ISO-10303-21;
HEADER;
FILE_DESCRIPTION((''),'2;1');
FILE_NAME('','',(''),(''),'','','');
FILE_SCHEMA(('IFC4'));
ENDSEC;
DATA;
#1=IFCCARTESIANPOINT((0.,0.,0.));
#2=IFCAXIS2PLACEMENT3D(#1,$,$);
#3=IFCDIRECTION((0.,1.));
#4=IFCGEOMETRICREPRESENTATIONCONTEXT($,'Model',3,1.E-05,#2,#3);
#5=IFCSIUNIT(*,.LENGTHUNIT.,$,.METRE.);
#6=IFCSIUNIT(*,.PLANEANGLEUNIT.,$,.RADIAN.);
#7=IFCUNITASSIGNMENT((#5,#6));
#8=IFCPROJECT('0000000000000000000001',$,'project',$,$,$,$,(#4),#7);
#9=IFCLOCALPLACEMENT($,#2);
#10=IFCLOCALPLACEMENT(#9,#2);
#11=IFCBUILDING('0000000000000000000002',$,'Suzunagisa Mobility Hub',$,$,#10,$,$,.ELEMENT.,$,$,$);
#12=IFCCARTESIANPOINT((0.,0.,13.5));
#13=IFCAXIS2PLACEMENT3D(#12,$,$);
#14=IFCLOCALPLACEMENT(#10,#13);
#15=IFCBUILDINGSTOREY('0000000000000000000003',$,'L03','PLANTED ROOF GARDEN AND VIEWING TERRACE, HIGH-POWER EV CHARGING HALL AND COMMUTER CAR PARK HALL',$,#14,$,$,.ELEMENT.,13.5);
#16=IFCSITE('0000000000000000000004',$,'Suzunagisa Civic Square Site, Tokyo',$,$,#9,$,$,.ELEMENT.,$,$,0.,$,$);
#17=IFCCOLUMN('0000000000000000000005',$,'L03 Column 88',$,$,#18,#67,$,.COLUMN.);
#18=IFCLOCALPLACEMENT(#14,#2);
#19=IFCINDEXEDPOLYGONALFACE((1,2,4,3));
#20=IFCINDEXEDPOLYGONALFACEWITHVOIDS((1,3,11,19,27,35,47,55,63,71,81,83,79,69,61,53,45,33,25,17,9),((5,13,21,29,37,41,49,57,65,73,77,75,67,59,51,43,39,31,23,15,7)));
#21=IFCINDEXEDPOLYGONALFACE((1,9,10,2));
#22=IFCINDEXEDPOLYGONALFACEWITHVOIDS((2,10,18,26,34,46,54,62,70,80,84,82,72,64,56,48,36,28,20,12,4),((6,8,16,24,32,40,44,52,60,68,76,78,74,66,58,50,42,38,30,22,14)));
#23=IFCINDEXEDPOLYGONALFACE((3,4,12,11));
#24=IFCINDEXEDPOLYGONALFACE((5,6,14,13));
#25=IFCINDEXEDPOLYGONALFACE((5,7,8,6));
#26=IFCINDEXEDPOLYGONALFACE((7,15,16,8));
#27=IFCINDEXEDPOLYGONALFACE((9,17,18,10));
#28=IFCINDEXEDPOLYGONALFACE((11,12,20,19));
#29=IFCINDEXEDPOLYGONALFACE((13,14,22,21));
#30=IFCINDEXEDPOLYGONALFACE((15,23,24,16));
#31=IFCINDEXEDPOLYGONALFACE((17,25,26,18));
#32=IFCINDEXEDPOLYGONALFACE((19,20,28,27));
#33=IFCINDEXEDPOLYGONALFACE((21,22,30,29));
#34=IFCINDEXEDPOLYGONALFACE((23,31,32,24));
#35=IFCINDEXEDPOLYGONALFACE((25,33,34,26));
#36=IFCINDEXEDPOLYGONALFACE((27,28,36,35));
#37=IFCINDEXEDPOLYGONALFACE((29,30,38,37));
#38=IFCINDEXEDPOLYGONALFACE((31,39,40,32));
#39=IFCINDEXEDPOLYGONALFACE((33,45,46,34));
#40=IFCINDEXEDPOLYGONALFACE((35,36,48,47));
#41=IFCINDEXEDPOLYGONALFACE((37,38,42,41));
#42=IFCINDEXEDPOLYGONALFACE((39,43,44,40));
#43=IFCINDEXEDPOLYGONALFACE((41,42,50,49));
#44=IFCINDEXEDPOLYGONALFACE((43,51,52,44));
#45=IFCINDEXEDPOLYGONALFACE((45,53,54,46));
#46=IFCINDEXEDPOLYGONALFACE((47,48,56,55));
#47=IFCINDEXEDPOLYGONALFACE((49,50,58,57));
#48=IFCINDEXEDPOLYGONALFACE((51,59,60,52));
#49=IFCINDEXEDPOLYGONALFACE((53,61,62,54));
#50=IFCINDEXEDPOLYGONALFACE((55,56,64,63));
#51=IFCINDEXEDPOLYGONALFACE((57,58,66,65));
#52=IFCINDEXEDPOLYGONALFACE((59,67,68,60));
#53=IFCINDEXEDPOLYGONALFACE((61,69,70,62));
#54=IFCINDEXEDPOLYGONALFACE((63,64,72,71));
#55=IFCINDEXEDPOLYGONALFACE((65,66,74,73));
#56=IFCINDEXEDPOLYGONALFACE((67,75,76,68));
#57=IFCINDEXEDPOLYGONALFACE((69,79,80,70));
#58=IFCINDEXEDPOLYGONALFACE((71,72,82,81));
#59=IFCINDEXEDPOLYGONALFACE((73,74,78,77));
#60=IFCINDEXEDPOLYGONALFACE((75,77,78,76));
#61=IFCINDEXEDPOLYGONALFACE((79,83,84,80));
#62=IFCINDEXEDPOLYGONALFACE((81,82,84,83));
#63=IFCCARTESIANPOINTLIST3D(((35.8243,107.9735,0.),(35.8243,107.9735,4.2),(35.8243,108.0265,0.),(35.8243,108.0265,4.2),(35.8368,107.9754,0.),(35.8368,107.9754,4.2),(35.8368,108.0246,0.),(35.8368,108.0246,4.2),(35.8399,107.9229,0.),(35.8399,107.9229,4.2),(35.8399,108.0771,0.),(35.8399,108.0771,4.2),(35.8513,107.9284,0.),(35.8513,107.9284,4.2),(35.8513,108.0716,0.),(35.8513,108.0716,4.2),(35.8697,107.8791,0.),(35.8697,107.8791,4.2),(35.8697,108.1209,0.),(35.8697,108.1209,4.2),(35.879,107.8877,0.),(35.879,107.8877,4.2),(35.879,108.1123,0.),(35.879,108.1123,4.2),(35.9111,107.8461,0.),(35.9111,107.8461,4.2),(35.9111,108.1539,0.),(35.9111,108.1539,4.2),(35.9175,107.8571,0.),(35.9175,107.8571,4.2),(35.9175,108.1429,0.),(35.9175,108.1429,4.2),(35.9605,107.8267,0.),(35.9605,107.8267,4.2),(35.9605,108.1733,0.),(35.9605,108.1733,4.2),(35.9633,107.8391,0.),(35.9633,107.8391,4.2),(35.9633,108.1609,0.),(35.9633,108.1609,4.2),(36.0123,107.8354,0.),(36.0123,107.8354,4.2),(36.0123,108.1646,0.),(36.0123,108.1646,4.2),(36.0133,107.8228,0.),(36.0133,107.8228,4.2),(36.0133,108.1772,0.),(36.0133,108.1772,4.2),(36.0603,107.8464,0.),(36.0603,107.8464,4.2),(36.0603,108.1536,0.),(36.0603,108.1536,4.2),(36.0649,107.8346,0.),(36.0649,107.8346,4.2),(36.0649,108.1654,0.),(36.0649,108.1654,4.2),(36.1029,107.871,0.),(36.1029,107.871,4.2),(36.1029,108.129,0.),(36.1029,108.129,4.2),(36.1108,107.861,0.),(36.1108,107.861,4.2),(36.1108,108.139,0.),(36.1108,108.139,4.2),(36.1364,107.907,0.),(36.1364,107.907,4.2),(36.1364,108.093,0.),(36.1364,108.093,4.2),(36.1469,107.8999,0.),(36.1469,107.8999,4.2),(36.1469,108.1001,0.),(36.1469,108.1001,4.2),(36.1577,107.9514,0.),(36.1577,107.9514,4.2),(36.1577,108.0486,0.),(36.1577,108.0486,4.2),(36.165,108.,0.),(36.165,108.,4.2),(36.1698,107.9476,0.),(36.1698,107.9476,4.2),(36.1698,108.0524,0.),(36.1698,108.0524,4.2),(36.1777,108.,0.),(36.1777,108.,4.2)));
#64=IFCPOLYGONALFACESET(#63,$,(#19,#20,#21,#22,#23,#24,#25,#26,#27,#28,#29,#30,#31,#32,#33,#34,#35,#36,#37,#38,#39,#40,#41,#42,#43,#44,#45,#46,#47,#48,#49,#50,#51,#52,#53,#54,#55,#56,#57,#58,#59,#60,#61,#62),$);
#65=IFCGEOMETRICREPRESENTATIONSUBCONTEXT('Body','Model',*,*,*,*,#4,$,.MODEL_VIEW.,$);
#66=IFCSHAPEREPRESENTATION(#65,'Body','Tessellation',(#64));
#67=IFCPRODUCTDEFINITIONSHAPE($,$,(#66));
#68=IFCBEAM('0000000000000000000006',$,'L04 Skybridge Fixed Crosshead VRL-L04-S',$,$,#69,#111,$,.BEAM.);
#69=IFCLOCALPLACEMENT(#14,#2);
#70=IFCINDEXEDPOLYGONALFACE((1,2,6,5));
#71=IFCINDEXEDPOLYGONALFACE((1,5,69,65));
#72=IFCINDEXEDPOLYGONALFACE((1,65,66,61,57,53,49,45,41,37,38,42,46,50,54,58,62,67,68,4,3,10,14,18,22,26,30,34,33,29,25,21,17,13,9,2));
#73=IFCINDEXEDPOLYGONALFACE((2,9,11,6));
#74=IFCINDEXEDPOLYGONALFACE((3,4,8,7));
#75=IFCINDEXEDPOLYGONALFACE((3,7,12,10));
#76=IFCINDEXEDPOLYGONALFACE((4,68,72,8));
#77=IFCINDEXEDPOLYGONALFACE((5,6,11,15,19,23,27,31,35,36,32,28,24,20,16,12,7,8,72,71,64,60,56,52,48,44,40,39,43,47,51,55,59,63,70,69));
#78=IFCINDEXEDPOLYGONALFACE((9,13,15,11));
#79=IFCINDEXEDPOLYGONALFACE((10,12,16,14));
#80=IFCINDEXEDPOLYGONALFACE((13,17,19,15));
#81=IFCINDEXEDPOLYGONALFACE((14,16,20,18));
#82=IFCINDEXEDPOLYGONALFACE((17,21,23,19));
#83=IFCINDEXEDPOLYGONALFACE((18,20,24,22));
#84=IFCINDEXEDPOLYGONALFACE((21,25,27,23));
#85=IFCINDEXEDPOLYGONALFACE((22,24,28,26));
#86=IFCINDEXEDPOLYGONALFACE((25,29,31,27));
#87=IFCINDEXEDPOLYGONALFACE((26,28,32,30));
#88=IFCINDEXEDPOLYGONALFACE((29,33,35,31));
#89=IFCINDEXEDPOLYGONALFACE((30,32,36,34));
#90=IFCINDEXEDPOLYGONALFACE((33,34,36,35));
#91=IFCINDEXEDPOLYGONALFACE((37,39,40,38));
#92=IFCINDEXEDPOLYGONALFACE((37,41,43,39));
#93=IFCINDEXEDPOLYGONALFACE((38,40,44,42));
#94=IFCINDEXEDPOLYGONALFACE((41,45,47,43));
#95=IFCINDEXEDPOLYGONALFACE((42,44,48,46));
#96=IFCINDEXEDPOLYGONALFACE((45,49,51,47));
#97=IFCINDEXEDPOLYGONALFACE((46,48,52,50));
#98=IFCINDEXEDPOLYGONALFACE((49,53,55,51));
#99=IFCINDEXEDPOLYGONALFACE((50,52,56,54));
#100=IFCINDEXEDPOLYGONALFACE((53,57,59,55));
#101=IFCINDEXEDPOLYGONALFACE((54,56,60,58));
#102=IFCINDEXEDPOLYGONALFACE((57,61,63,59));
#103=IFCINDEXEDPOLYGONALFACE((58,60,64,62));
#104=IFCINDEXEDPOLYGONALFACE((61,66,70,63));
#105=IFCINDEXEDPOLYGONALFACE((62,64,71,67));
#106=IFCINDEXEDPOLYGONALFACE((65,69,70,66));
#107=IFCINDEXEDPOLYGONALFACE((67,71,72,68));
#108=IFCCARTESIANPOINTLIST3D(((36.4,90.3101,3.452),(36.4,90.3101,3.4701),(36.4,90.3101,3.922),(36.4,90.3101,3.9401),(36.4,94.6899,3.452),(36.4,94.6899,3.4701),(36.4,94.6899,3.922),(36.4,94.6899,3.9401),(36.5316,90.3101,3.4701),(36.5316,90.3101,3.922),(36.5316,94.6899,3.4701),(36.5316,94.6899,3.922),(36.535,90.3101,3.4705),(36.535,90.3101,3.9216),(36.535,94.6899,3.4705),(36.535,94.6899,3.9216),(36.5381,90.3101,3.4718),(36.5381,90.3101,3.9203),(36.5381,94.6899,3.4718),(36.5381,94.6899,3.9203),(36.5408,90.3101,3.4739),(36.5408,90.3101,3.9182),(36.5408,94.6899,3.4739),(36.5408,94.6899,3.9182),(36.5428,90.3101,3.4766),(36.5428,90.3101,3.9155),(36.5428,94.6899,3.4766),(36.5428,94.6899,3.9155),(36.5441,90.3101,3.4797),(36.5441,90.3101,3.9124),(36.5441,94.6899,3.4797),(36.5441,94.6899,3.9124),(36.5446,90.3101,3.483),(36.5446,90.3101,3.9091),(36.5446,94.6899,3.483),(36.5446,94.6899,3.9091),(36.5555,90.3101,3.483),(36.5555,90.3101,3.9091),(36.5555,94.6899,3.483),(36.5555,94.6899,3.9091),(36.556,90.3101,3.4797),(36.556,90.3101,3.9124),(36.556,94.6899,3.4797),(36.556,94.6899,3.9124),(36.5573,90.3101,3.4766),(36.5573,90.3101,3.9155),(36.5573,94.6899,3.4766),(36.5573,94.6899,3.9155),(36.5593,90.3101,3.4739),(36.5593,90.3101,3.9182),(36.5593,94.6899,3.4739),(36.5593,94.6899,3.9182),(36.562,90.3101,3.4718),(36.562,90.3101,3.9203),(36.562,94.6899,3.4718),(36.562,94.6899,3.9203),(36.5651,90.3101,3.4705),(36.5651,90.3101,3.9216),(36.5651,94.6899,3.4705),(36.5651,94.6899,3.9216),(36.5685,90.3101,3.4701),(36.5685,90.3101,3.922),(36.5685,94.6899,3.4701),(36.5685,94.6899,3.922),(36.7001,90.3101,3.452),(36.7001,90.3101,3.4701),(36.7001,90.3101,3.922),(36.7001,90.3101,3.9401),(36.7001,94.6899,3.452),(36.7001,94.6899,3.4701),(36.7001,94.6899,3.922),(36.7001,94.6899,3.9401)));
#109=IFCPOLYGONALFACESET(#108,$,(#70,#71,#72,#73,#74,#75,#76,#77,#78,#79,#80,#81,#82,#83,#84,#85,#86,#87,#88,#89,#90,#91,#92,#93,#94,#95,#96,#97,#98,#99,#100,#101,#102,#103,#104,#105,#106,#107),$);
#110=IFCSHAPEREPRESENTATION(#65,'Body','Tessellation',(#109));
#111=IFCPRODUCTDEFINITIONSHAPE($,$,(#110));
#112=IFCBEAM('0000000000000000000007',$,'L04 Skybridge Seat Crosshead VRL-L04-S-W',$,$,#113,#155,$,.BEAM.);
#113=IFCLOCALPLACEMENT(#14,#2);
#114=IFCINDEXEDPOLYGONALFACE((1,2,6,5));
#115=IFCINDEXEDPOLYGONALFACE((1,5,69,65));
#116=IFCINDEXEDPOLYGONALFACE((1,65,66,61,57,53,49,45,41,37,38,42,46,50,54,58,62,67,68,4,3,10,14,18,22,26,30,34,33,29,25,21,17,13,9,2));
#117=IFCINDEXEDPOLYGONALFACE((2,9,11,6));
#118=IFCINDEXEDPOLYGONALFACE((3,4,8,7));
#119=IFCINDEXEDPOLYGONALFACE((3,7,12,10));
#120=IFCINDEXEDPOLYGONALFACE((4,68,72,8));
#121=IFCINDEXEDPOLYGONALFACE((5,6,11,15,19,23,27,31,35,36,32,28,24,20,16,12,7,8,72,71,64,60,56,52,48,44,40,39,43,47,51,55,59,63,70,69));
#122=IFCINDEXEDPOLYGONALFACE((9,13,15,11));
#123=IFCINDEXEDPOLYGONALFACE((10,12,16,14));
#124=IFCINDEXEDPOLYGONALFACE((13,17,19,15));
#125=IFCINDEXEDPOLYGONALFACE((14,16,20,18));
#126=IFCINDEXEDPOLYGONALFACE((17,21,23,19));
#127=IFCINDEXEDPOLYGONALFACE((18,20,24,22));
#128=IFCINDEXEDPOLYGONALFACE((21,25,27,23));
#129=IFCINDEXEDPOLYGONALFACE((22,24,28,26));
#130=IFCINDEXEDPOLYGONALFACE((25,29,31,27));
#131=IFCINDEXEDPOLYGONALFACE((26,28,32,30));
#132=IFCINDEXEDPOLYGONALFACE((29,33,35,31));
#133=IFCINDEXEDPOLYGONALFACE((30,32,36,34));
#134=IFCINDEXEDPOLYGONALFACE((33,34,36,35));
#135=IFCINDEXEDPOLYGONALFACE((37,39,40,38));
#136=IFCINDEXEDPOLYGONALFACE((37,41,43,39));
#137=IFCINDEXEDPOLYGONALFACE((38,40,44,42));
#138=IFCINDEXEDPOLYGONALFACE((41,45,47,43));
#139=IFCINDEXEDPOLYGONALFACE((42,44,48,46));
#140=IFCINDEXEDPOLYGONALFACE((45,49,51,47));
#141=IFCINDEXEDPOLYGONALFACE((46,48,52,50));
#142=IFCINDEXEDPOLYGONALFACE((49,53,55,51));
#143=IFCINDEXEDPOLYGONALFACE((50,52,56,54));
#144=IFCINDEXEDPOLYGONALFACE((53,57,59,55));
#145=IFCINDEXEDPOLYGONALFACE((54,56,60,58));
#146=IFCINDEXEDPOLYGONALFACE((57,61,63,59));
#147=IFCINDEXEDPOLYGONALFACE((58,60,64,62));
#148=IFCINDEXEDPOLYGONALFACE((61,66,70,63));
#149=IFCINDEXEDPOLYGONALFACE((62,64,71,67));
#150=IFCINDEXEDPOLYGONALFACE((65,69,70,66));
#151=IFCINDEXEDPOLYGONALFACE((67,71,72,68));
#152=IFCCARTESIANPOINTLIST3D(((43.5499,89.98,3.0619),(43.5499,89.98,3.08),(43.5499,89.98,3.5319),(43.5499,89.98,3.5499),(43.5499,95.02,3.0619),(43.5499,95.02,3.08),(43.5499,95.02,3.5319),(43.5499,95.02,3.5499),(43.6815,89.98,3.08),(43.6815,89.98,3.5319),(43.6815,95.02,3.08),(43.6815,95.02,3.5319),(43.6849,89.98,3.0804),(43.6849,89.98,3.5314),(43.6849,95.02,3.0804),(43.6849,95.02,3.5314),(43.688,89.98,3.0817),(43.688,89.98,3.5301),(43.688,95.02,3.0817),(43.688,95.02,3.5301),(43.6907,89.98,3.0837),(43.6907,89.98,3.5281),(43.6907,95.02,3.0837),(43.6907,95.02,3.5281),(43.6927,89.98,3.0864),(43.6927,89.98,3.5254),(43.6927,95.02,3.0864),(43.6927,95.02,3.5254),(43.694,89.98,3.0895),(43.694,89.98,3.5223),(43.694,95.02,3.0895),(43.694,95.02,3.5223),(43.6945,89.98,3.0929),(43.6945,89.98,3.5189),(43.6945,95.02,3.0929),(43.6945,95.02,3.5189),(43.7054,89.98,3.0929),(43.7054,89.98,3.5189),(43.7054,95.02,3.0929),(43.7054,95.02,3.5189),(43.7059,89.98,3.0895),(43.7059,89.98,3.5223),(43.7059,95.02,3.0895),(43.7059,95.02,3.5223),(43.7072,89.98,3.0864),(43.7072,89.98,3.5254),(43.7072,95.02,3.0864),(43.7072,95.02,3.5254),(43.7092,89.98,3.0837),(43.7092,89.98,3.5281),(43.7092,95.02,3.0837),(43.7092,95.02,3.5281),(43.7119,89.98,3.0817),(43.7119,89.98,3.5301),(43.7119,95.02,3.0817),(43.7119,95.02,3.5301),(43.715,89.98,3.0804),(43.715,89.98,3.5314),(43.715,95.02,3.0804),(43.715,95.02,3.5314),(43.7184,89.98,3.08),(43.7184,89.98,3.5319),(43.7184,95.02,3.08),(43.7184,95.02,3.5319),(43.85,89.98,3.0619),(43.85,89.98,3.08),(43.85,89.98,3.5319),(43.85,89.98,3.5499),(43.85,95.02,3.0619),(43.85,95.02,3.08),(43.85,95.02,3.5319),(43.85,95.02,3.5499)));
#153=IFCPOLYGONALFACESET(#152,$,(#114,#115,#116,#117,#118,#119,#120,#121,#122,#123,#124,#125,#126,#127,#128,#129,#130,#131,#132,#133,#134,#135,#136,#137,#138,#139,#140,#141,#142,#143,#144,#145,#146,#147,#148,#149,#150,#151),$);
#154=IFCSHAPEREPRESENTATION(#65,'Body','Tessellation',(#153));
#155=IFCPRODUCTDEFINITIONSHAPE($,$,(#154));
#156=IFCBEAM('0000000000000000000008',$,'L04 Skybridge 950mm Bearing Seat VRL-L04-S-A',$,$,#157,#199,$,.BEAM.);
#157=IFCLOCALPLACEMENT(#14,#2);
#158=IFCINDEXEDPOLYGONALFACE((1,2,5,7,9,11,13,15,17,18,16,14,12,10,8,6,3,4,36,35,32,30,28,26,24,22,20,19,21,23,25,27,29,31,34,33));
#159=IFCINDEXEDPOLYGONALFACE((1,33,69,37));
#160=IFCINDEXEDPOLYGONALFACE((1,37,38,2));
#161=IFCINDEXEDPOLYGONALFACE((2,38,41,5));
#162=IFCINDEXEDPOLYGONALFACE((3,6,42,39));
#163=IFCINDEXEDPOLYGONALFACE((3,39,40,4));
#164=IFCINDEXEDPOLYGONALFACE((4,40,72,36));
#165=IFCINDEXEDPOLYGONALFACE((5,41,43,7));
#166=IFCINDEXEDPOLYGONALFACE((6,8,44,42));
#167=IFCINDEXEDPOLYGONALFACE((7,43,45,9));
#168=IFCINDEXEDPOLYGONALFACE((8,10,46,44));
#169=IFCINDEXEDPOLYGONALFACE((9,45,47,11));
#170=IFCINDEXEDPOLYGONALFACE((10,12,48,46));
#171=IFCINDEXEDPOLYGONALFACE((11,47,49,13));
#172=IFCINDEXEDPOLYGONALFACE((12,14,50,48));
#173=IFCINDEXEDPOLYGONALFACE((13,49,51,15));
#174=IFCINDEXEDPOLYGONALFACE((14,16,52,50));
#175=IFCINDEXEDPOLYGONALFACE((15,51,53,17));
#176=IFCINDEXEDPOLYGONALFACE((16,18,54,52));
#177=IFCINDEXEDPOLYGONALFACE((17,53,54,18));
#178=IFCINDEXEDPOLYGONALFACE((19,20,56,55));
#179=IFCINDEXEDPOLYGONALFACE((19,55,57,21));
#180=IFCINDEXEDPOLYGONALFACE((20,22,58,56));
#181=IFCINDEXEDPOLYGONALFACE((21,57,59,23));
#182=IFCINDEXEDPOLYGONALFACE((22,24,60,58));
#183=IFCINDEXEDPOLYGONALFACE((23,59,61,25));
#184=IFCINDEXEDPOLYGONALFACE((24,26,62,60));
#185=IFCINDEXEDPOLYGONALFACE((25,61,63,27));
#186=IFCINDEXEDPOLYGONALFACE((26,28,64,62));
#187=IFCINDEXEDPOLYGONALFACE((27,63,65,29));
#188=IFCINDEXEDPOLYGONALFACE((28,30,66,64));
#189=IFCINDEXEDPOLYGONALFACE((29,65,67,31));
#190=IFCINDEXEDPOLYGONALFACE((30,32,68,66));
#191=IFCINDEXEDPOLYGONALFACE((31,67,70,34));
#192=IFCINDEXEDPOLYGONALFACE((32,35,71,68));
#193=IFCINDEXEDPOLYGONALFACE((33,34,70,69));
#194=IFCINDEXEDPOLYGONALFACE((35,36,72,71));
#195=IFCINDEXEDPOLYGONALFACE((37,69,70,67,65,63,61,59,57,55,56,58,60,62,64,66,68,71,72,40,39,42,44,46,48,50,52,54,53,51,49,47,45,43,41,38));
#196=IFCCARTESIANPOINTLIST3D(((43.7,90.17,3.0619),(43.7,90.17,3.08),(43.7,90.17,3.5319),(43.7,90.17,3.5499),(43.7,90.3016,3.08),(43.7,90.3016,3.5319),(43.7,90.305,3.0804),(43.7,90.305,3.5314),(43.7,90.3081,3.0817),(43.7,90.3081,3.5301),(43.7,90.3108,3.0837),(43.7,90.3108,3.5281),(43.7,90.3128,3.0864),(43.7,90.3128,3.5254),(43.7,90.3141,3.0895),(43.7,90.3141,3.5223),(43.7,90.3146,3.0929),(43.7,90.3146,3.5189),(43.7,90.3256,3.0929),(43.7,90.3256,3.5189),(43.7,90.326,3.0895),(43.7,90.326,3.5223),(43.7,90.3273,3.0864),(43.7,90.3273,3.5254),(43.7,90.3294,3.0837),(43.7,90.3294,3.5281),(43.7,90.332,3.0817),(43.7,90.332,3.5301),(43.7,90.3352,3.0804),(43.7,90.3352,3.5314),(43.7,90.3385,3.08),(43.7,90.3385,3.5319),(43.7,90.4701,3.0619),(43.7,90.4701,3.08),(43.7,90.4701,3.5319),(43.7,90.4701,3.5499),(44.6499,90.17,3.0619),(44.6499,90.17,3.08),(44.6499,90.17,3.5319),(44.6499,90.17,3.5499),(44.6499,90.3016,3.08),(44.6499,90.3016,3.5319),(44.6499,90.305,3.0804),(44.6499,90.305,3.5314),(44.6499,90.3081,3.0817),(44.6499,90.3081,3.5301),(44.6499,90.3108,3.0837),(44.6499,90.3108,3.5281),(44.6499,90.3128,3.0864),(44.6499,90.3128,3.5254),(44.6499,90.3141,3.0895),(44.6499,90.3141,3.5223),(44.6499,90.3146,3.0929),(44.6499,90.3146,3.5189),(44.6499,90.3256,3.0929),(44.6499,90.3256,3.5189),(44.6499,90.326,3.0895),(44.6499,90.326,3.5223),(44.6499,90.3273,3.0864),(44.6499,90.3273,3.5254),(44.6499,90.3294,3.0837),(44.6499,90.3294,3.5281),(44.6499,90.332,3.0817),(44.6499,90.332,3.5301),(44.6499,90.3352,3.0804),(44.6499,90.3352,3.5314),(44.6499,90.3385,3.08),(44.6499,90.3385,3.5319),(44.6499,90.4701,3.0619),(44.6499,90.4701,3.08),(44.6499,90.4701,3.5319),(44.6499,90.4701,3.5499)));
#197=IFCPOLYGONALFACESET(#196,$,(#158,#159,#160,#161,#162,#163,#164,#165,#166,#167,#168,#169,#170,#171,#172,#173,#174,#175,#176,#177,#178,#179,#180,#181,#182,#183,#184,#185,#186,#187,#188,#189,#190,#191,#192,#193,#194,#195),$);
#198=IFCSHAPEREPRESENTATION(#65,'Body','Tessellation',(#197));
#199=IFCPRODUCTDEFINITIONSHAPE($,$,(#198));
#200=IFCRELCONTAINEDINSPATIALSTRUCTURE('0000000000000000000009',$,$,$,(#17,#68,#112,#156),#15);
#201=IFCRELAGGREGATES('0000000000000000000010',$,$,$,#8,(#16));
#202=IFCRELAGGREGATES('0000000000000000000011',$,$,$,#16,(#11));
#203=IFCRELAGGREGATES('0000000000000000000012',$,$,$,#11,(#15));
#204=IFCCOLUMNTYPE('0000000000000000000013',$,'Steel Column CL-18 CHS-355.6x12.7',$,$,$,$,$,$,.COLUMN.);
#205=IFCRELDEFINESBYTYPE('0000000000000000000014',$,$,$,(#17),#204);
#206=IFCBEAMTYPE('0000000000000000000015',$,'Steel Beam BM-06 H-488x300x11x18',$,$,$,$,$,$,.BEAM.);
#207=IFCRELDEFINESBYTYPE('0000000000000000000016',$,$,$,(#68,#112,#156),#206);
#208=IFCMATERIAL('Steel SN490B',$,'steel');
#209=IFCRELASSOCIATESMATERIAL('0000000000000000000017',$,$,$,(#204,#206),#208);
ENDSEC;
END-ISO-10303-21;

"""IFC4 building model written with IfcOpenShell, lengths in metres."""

from ifc_helpers import new_model, si_unit, direction, frame, origin, origin_2d, place, context, subcontext, project, spatial, hollow_circle, i_section, extrude, material, material_profile, profile_set, type_object, element, save


model = new_model("IFC4")

# Units and contexts
model_context = context("Model", 3, precision=1e-05, world=origin(), true_north=direction((0.0, 1.0)))
body_context = subcontext(model_context, "Body", "Model", "MODEL_VIEW")
ifc_project = project(units=[si_unit("LENGTHUNIT", "METRE"), si_unit("PLANEANGLEUNIT", "RADIAN")], contexts=[model_context])

# Site, building, storey
site_placement = place(None, origin())
site = spatial("IfcSite", under=ifc_project, at=site_placement, Name="Suzunagisa Civic Square Site, Tokyo", CompositionType="ELEMENT", RefElevation=0.0)
building_placement = place(site_placement, origin())
building = spatial("IfcBuilding", under=site, at=building_placement, Name="Suzunagisa Mobility Hub", CompositionType="ELEMENT")
storey_placement = place(building_placement, frame((0.0, 0.0, 13.5)))
storey = spatial("IfcBuildingStorey", under=building, at=storey_placement, Name="L03", Description="PLANTED ROOF GARDEN AND VIEWING TERRACE, HIGH-POWER EV CHARGING HALL AND COMMUTER CAR PARK HALL", CompositionType="ELEMENT", Elevation=13.5)

# Column
ifc_material_1 = material(Name="Steel SN490B", Category="steel")
ifc_material_profile_1 = material_profile(ifc_material_1, hollow_circle(Radius=0.1777, WallThickness=0.0127, at=origin_2d()), Name="CHS-355.6x12.7")
ifc_profile_set_1 = profile_set([ifc_material_profile_1], Name="Steel SN490B")
column_type_1 = type_object("IfcColumnType", Name="Steel Column CL-18 CHS-355.6x12.7", PredefinedType="COLUMN", material=ifc_profile_set_1)
for number, where, z_axis, x_axis, name in (
    (1, (36.0, 108.0, 0.0), (0.0, 0.0, 1.0), (1.0, 0.0, 0.0), "L03 Column 88"),
):
    element("IfcColumn", number, at=place(storey_placement, frame(where, z_axis=z_axis, x_axis=x_axis)), inside=storey, type_object=column_type_1, Name=name, PredefinedType="COLUMN", context=body_context, shape_type="SweptSolid", body=[
        extrude(hollow_circle(Radius=0.1777, WallThickness=0.0127, at=origin_2d()), origin(), (0.0, 0.0, 1.0), 4.2),
    ])

# Beams
ifc_material_profile_2 = material_profile(ifc_material_1, i_section(OverallWidth=0.3, OverallDepth=0.488, WebThickness=0.011, FlangeThickness=0.0181, FilletRadius=0.0129, at=origin_2d()), Name="H-488x300x11x18")
ifc_profile_set_2 = profile_set([ifc_material_profile_2], Name="Steel SN490B")
beam_type_1 = type_object("IfcBeamType", Name="Steel Beam BM-06 H-488x300x11x18", PredefinedType="BEAM", material=ifc_profile_set_2)
beam_1_placement = place(storey_placement, frame((36.55, 90.3101, 3.696), z_axis=(0.0, 1.0, 0.0), x_axis=(-1.0, 0.0, 0.0)))
element("IfcBeam", 2, at=beam_1_placement, inside=storey, type_object=beam_type_1, Name="L04 Skybridge Fixed Crosshead VRL-L04-S", PredefinedType="BEAM", context=body_context, shape_type="SweptSolid", body=[
    extrude(i_section(OverallWidth=0.3, OverallDepth=0.488, WebThickness=0.011, FlangeThickness=0.0181, FilletRadius=0.0129, at=origin_2d()), origin(), (0.0, 0.0, 1.0), 4.3799),
])
beam_2_placement = place(storey_placement, frame((43.7, 89.98, 3.3059), z_axis=(0.0, 1.0, 0.0), x_axis=(-1.0, 0.0, 0.0)))
element("IfcBeam", 3, at=beam_2_placement, inside=storey, type_object=beam_type_1, Name="L04 Skybridge Seat Crosshead VRL-L04-S-W", PredefinedType="BEAM", context=body_context, shape_type="SweptSolid", body=[
    extrude(i_section(OverallWidth=0.3, OverallDepth=0.488, WebThickness=0.011, FlangeThickness=0.0181, FilletRadius=0.0129, at=origin_2d()), origin(), (0.0, 0.0, 1.0), 5.04),
])
beam_3_placement = place(storey_placement, frame((43.7, 90.3201, 3.3059), z_axis=(1.0, 0.0, 0.0), x_axis=(0.0, 1.0, 0.0)))
element("IfcBeam", 4, at=beam_3_placement, inside=storey, type_object=beam_type_1, Name="L04 Skybridge 950mm Bearing Seat VRL-L04-S-A", PredefinedType="BEAM", context=body_context, shape_type="SweptSolid", body=[
    extrude(i_section(OverallWidth=0.3, OverallDepth=0.488, WebThickness=0.011, FlangeThickness=0.0181, FilletRadius=0.0129, at=origin_2d()), origin(), (0.0, 0.0, 1.0), 0.95),
])

save(model, "model.ifc")
